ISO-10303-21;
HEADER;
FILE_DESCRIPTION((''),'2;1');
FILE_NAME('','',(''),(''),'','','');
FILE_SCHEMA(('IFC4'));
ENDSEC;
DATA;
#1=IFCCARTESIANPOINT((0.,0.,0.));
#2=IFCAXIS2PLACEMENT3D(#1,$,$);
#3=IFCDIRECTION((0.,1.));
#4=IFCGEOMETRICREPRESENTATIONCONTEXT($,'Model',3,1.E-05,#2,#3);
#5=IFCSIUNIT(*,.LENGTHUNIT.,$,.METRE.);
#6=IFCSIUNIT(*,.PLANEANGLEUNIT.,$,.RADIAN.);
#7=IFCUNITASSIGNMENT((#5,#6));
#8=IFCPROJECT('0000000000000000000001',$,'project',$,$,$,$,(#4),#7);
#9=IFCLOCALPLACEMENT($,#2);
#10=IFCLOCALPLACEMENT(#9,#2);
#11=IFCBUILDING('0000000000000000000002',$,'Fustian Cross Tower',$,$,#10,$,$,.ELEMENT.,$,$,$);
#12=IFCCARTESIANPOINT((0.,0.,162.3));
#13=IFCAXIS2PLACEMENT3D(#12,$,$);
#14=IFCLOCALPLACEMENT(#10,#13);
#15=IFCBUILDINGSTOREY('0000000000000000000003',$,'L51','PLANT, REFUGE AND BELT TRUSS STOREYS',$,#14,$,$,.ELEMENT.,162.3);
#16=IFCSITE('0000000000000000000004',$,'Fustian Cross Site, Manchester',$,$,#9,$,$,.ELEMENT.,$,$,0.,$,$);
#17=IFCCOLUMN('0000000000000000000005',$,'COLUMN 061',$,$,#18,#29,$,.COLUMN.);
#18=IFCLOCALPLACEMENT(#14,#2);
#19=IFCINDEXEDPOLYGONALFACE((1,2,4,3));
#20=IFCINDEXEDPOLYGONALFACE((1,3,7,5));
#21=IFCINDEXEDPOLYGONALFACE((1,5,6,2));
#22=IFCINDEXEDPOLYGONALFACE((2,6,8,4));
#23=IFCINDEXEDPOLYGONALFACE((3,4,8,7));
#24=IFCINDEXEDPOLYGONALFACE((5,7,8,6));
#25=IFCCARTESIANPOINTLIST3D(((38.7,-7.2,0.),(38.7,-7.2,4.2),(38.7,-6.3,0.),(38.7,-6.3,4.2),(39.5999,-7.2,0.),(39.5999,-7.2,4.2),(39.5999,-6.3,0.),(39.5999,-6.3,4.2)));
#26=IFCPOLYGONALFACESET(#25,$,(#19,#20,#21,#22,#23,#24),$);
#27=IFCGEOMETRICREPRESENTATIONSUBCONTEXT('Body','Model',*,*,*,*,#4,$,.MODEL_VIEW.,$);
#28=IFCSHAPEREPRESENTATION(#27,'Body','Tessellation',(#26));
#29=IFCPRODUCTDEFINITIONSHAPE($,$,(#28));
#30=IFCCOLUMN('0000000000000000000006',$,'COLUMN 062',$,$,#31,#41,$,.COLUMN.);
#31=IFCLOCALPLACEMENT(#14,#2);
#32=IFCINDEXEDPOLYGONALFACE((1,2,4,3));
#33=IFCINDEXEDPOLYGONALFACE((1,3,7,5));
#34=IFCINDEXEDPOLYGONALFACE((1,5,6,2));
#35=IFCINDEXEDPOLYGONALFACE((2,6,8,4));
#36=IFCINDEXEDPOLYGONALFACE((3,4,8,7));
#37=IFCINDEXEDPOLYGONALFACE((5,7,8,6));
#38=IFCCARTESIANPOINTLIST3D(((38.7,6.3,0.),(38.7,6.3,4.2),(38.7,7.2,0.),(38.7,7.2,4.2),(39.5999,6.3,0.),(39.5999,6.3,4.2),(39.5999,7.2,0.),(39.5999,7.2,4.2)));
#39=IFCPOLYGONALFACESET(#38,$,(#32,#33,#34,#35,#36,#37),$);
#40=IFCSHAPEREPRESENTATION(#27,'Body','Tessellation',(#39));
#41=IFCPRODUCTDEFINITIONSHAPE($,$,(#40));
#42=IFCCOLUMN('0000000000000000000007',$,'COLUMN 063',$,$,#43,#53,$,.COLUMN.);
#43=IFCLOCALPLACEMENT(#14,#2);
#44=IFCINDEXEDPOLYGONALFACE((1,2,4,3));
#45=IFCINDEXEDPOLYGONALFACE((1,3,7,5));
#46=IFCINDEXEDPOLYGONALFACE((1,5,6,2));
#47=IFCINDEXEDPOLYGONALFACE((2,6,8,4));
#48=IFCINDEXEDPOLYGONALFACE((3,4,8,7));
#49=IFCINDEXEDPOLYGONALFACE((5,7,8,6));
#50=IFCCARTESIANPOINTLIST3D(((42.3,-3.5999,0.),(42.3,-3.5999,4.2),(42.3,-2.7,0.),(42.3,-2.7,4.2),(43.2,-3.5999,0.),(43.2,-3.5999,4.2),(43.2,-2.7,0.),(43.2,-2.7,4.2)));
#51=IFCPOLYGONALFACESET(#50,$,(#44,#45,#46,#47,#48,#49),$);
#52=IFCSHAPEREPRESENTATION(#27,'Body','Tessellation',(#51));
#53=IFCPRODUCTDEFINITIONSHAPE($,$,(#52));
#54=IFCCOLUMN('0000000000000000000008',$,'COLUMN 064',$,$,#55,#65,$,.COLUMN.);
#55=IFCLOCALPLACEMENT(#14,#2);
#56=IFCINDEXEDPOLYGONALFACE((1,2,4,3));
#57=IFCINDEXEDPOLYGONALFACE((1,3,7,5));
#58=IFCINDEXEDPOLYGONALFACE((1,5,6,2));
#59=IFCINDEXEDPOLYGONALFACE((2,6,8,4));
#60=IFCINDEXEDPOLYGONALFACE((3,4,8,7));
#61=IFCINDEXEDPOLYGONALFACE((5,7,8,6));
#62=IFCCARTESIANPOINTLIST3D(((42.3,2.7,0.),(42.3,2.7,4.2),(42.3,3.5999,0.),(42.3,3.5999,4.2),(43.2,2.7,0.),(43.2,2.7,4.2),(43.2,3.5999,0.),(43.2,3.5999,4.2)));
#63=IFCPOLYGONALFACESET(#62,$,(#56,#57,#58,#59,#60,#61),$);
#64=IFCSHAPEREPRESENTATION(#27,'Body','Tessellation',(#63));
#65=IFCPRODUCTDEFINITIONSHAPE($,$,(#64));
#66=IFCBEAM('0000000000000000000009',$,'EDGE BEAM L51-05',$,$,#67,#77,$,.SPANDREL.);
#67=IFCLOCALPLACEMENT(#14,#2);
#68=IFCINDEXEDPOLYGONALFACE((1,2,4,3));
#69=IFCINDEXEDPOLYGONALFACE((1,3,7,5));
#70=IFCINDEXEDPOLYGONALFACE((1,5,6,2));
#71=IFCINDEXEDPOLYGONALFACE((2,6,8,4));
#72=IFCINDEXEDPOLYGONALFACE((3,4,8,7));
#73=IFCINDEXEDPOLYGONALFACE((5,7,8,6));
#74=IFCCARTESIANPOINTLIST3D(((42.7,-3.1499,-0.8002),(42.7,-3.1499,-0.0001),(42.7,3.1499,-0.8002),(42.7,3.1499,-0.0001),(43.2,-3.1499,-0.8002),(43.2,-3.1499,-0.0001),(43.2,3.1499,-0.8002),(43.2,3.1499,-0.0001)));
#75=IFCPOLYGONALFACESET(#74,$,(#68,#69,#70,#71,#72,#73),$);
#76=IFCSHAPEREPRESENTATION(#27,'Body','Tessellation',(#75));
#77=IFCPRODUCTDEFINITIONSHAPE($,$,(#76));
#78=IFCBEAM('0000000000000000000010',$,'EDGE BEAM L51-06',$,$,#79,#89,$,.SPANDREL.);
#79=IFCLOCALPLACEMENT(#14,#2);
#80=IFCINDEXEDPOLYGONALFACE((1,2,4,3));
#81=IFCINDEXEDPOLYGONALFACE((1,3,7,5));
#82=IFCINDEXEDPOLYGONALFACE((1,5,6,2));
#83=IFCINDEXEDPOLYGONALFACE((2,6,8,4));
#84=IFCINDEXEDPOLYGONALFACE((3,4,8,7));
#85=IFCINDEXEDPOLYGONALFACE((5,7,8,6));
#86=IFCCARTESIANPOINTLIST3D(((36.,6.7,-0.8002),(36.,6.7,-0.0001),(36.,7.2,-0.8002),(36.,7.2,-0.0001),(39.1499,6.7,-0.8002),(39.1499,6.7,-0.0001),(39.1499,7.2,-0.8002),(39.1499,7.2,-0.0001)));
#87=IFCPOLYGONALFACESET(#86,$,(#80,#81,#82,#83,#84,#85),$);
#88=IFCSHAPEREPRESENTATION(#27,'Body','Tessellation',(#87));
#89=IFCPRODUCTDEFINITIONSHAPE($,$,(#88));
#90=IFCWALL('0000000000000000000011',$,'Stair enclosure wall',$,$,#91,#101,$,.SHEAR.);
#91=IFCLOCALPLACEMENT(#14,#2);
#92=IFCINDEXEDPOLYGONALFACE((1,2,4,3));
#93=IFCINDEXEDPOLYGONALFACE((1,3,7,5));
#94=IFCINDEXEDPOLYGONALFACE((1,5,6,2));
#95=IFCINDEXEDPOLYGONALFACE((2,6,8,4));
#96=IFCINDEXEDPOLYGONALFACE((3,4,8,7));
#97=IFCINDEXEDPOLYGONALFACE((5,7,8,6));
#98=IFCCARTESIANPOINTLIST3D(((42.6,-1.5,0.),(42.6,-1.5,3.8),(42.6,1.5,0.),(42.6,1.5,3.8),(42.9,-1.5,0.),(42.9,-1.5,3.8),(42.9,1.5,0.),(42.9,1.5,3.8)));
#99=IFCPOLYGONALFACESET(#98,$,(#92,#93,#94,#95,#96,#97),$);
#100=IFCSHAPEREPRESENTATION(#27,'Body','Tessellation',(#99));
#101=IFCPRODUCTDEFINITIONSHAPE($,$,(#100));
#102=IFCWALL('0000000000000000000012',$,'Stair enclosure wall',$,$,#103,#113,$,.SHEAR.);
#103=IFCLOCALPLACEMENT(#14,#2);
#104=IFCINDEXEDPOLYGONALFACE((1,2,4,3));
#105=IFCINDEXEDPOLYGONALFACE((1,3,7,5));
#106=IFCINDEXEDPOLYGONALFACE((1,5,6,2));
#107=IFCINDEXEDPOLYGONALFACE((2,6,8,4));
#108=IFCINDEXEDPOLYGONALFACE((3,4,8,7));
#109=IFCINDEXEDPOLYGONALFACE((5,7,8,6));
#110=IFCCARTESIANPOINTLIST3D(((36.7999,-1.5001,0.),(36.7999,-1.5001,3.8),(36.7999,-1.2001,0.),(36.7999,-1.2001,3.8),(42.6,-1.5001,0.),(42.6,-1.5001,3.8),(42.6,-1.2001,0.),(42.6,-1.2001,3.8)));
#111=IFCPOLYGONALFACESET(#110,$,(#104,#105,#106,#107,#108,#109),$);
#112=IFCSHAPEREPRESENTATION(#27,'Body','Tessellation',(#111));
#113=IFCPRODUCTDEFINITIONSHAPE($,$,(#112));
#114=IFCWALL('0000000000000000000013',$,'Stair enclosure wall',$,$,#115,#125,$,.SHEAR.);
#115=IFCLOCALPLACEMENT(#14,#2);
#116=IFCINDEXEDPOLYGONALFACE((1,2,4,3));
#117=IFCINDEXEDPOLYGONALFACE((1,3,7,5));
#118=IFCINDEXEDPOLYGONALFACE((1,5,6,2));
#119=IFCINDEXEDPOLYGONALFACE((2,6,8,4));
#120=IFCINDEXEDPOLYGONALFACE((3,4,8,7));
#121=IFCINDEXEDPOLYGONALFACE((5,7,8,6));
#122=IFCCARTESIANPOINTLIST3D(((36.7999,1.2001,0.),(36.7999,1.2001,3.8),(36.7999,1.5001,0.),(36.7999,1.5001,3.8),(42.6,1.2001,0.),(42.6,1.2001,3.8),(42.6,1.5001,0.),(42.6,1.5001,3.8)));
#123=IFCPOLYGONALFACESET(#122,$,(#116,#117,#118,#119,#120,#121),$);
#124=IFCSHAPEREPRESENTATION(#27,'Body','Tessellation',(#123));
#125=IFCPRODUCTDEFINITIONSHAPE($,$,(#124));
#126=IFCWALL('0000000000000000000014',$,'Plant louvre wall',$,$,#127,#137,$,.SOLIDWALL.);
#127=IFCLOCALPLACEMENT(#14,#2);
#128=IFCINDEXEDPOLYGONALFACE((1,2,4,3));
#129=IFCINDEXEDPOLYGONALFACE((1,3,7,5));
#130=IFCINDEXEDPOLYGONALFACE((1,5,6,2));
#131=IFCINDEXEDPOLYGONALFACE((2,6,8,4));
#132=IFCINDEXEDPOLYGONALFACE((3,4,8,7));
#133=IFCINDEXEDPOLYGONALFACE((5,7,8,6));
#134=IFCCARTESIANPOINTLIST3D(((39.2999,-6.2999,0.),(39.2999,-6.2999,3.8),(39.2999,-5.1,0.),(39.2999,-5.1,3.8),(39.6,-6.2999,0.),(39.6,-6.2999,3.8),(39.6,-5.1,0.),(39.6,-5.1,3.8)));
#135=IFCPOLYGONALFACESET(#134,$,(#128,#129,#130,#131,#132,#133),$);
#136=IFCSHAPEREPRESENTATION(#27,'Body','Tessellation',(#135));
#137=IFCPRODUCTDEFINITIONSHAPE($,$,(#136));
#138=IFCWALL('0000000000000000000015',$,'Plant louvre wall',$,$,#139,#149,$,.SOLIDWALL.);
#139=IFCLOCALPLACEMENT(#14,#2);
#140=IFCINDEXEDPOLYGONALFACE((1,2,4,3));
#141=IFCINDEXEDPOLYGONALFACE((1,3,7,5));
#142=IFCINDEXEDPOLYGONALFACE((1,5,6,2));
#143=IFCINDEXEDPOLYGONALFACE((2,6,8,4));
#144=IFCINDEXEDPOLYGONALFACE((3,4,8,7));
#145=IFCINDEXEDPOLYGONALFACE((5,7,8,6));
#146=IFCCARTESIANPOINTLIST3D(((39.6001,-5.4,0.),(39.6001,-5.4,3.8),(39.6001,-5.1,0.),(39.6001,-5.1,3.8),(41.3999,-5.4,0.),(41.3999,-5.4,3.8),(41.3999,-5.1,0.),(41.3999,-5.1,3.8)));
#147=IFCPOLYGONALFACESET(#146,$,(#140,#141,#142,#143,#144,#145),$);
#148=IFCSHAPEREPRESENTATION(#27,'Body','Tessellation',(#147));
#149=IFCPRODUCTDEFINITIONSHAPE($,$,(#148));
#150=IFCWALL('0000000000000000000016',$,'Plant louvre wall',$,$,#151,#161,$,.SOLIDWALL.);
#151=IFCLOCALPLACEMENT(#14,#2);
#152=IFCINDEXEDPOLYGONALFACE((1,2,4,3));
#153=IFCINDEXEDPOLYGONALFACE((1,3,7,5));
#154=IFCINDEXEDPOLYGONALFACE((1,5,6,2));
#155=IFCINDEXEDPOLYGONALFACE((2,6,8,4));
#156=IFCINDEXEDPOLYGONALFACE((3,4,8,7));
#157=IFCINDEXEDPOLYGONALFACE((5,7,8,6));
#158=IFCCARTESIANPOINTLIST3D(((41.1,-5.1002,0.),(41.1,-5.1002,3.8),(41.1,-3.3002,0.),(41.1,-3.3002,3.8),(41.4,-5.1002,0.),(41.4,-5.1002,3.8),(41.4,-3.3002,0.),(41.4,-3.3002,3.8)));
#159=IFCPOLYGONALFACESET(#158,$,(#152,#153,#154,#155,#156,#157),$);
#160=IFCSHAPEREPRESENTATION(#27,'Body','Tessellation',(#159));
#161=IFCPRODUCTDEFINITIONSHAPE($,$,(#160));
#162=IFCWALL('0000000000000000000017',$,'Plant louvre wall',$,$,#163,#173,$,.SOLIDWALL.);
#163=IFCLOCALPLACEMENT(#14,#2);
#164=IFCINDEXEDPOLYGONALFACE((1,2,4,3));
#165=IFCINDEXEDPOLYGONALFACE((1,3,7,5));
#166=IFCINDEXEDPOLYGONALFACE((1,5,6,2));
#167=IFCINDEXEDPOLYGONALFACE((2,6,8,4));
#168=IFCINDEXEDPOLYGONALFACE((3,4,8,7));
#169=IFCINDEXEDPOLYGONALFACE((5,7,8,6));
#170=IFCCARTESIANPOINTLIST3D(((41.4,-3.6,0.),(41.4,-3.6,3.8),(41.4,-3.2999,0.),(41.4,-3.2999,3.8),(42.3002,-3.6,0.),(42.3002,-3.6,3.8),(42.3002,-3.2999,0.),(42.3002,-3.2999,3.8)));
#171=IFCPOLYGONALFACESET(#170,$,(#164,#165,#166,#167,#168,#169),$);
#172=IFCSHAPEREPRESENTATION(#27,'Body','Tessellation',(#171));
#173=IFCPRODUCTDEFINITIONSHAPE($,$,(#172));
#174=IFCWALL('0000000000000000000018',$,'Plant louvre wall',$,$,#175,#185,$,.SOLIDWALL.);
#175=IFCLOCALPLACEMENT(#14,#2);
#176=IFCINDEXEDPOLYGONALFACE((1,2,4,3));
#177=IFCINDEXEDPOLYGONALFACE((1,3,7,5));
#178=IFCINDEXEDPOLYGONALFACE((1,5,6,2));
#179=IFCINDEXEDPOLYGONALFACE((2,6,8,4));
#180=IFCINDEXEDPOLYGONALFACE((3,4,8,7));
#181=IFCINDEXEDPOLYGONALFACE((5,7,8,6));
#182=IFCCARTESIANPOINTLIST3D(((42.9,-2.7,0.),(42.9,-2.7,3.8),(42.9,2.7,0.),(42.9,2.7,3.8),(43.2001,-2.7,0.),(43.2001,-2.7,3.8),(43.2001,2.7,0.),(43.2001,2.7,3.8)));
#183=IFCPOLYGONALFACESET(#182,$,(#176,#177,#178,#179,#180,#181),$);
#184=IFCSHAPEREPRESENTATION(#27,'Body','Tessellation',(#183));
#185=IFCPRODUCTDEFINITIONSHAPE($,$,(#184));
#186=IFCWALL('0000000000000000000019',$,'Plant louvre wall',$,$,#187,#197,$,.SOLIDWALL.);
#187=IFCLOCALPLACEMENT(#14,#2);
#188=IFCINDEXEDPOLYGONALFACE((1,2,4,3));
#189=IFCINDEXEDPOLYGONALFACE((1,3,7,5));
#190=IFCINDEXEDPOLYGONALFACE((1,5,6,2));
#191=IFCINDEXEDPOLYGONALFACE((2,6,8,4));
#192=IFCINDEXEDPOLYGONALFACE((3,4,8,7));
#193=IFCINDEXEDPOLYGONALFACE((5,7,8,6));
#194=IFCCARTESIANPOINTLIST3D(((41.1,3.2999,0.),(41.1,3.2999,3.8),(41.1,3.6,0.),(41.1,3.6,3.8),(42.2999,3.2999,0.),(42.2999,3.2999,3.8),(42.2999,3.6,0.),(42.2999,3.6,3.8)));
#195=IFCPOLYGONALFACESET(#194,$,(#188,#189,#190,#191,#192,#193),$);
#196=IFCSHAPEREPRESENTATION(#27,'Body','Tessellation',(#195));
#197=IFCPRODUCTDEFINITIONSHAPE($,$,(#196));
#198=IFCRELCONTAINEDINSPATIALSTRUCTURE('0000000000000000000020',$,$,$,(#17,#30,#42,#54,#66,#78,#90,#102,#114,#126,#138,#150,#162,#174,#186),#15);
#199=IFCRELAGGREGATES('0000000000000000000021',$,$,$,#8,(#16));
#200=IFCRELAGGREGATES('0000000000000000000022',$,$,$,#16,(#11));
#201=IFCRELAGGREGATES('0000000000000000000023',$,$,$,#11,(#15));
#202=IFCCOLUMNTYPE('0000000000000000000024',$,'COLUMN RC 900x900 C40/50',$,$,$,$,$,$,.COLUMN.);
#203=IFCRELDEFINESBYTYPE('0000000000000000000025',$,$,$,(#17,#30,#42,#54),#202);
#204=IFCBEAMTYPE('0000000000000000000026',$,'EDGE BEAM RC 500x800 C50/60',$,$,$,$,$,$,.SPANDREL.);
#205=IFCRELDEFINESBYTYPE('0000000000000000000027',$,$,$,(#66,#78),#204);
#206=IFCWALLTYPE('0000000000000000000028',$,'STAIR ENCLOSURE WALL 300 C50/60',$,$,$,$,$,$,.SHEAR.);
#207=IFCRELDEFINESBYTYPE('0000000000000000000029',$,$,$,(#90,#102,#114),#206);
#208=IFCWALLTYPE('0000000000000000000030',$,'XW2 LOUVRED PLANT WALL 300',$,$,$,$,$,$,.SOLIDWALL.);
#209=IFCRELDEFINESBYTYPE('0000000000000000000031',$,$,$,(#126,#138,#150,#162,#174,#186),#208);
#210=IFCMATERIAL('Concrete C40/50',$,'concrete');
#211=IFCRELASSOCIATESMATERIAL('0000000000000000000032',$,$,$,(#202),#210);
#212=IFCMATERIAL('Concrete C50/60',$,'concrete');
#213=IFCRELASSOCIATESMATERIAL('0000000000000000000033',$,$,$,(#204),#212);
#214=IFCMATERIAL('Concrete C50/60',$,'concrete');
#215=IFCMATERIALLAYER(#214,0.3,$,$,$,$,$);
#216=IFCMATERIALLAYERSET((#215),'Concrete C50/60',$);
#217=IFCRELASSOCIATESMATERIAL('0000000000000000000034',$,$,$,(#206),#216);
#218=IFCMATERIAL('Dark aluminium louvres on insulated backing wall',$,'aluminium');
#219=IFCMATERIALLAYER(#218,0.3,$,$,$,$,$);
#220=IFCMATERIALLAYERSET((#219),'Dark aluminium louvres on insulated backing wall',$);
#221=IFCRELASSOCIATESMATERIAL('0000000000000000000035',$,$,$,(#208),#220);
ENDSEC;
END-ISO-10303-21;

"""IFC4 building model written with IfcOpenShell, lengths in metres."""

from ifc_helpers import new_model, si_unit, direction, frame, frame_2d, origin, origin_2d, place, context, subcontext, project, spatial, rectangle, extrude, material, layer, layer_set, material_profile, profile_set, type_object, element, save


model = new_model("IFC4")

# Units and contexts
model_context = context("Model", 3, precision=1e-05, world=origin(), true_north=direction((0.0, 1.0)))
body_context = subcontext(model_context, "Body", "Model", "MODEL_VIEW")
ifc_project = project(units=[si_unit("LENGTHUNIT", "METRE"), si_unit("PLANEANGLEUNIT", "RADIAN")], contexts=[model_context])

# Site, building, storey
site_placement = place(None, origin())
site = spatial("IfcSite", under=ifc_project, at=site_placement, Name="Fustian Cross Site, Manchester", CompositionType="ELEMENT", RefElevation=0.0)
building_placement = place(site_placement, origin())
building = spatial("IfcBuilding", under=site, at=building_placement, Name="Fustian Cross Tower", CompositionType="ELEMENT")
storey_placement = place(building_placement, frame((0.0, 0.0, 162.3)))
storey = spatial("IfcBuildingStorey", under=building, at=storey_placement, Name="L51", Description="PLANT, REFUGE AND BELT TRUSS STOREYS", CompositionType="ELEMENT", Elevation=162.3)

# Columns
ifc_material_1 = material(Name="Concrete C40/50", Category="concrete")
ifc_material_profile_1 = material_profile(ifc_material_1, rectangle(XDim=0.8999, YDim=0.8999, at=origin_2d()), Name="RC 900x900")
ifc_profile_set_1 = profile_set([ifc_material_profile_1], Name="Concrete C40/50")
column_type = type_object("IfcColumnType", Name="COLUMN RC 900x900 C40/50", PredefinedType="COLUMN", material=ifc_profile_set_1)
for number, where, z_axis, x_axis, name in (
    (1, (39.1499, -6.75, 0.0), (0.0, 0.0, 1.0), (1.0, 0.0, 0.0), "COLUMN 061"),
    (2, (39.1499, 6.75, 0.0), (0.0, 0.0, 1.0), (1.0, 0.0, 0.0), "COLUMN 062"),
    (3, (42.75, -3.1499, 0.0), (0.0, 0.0, 1.0), (1.0, 0.0, 0.0), "COLUMN 063"),
    (4, (42.75, 3.1499, 0.0), (0.0, 0.0, 1.0), (1.0, 0.0, 0.0), "COLUMN 064"),
):
    element("IfcColumn", number, at=place(storey_placement, frame(where, z_axis=z_axis, x_axis=x_axis)), inside=storey, type_object=column_type, Name=name, PredefinedType="COLUMN", context=body_context, shape_type="SweptSolid", body=[
        extrude(rectangle(XDim=0.8999, YDim=0.8999, at=origin_2d()), origin(), (0.0, 0.0, 1.0), 4.2),
    ])

# Beams
ifc_material_2 = material(Name="Concrete C50/60", Category="concrete")
ifc_material_profile_2 = material_profile(ifc_material_2, rectangle(XDim=0.5, YDim=0.8, at=origin_2d()), Name="RC 500x800")
ifc_profile_set_2 = profile_set([ifc_material_profile_2], Name="Concrete C50/60")
beam_type = type_object("IfcBeamType", Name="EDGE BEAM RC 500x800 C50/60", PredefinedType="SPANDREL", material=ifc_profile_set_2)
beam_1_placement = place(storey_placement, frame((42.95, -3.1499, -0.4001), z_axis=(0.0, 1.0, 0.0), x_axis=(-1.0, 0.0, 0.0)))
element("IfcBeam", 5, at=beam_1_placement, inside=storey, type_object=beam_type, Name="EDGE BEAM L51-05", PredefinedType="SPANDREL", context=body_context, shape_type="SweptSolid", body=[
    extrude(rectangle(XDim=0.5, YDim=0.8, at=origin_2d()), origin(), (0.0, 0.0, 1.0), 6.2998),
])
beam_2_placement = place(storey_placement, frame((39.1499, 6.95, -0.4001), z_axis=(-1.0, 0.0, 0.0), x_axis=(0.0, -1.0, 0.0)))
element("IfcBeam", 6, at=beam_2_placement, inside=storey, type_object=beam_type, Name="EDGE BEAM L51-06", PredefinedType="SPANDREL", context=body_context, shape_type="SweptSolid", body=[
    extrude(rectangle(XDim=0.5, YDim=0.8, at=origin_2d()), origin(), (0.0, 0.0, 1.0), 3.1499),
])

# Walls
ifc_material_3 = material(Name="Concrete C50/60", Category="concrete")
ifc_layer_1 = layer(ifc_material_3, 0.3)
ifc_layer_set_1 = layer_set([ifc_layer_1], Name="Concrete C50/60")
wall_type_1 = type_object("IfcWallType", Name="STAIR ENCLOSURE WALL 300 C50/60", PredefinedType="SHEAR", material=ifc_layer_set_1)
wall_1_placement = place(storey_placement, frame((42.75, -1.5, 0.0), z_axis=(0.0, 0.0, 1.0), x_axis=(0.0, 1.0, 0.0)))
element("IfcWall", 7, at=wall_1_placement, inside=storey, type_object=wall_type_1, Name="Stair enclosure wall", PredefinedType="SHEAR", context=body_context, shape_type="SweptSolid", body=[
    extrude(rectangle(XDim=3.0, YDim=0.3, at=frame_2d((1.5, 0.0))), origin(), (0.0, 0.0, 1.0), 3.8),
])
for number, where, z_axis, x_axis, name in (
    (8, (36.8, -1.3501, 0.0), (0.0, 0.0, 1.0), (1.0, 0.0, 0.0), "Stair enclosure wall"),
    (9, (36.8, 1.3501, 0.0), (0.0, 0.0, 1.0), (1.0, 0.0, 0.0), "Stair enclosure wall"),
):
    element("IfcWall", number, at=place(storey_placement, frame(where, z_axis=z_axis, x_axis=x_axis)), inside=storey, type_object=wall_type_1, Name=name, PredefinedType="SHEAR", context=body_context, shape_type="SweptSolid", body=[
        extrude(rectangle(XDim=5.8, YDim=0.3, at=frame_2d((2.8999, 0.0))), origin(), (0.0, 0.0, 1.0), 3.8),
    ])
ifc_material_4 = material(Name="Dark aluminium louvres on insulated backing wall", Category="aluminium")
ifc_layer_2 = layer(ifc_material_4, 0.3)
ifc_layer_set_2 = layer_set([ifc_layer_2], Name="Dark aluminium louvres on insulated backing wall")
wall_type_2 = type_object("IfcWallType", Name="XW2 LOUVRED PLANT WALL 300", PredefinedType="SOLIDWALL", material=ifc_layer_set_2)
wall_2_placement = place(storey_placement, frame((39.45, -6.3, 0.0), z_axis=(0.0, 0.0, 1.0), x_axis=(0.0, 1.0, 0.0)))
element("IfcWall", 10, at=wall_2_placement, inside=storey, type_object=wall_type_2, Name="Plant louvre wall", PredefinedType="SOLIDWALL", context=body_context, shape_type="SweptSolid", body=[
    extrude(rectangle(XDim=1.2, YDim=0.3, at=frame_2d((0.6001, 0.0))), origin(), (0.0, 0.0, 1.0), 3.8),
])
wall_3_placement = place(storey_placement, frame((39.6001, -5.25, 0.0), z_axis=(0.0, 0.0, 1.0), x_axis=(1.0, 0.0, 0.0)))
element("IfcWall", 11, at=wall_3_placement, inside=storey, type_object=wall_type_2, Name="Plant louvre wall", PredefinedType="SOLIDWALL", context=body_context, shape_type="SweptSolid", body=[
    extrude(rectangle(XDim=1.7998, YDim=0.3, at=frame_2d((0.8999, 0.0))), origin(), (0.0, 0.0, 1.0), 3.8),
])
wall_4_placement = place(storey_placement, frame((41.25, -5.1001, 0.0), z_axis=(0.0, 0.0, 1.0), x_axis=(0.0, 1.0, 0.0)))
element("IfcWall", 12, at=wall_4_placement, inside=storey, type_object=wall_type_2, Name="Plant louvre wall", PredefinedType="SOLIDWALL", context=body_context, shape_type="SweptSolid", body=[
    extrude(rectangle(XDim=1.8, YDim=0.3, at=frame_2d((0.8999, 0.0))), origin(), (0.0, 0.0, 1.0), 3.8),
])
wall_5_placement = place(storey_placement, frame((41.3999, -3.45, 0.0), z_axis=(0.0, 0.0, 1.0), x_axis=(1.0, 0.0, 0.0)))
element("IfcWall", 13, at=wall_5_placement, inside=storey, type_object=wall_type_2, Name="Plant louvre wall", PredefinedType="SOLIDWALL", context=body_context, shape_type="SweptSolid", body=[
    extrude(rectangle(XDim=0.9001, YDim=0.3, at=frame_2d((0.4502, 0.0))), origin(), (0.0, 0.0, 1.0), 3.8),
])
wall_6_placement = place(storey_placement, frame((43.05, -2.7, 0.0), z_axis=(0.0, 0.0, 1.0), x_axis=(0.0, 1.0, 0.0)))
element("IfcWall", 14, at=wall_6_placement, inside=storey, type_object=wall_type_2, Name="Plant louvre wall", PredefinedType="SOLIDWALL", context=body_context, shape_type="SweptSolid", body=[
    extrude(rectangle(XDim=5.3999, YDim=0.3, at=frame_2d((2.7, 0.0))), origin(), (0.0, 0.0, 1.0), 3.8),
])
wall_7_placement = place(storey_placement, frame((42.3, 3.45, 0.0), z_axis=(0.0, 0.0, 1.0), x_axis=(-1.0, 0.0, 0.0)))
element("IfcWall", 15, at=wall_7_placement, inside=storey, type_object=wall_type_2, Name="Plant louvre wall", PredefinedType="SOLIDWALL", context=body_context, shape_type="SweptSolid", body=[
    extrude(rectangle(XDim=1.2, YDim=0.3, at=frame_2d((0.6001, 0.0))), origin(), (0.0, 0.0, 1.0), 3.8),
])

save(model, "model.ifc")
